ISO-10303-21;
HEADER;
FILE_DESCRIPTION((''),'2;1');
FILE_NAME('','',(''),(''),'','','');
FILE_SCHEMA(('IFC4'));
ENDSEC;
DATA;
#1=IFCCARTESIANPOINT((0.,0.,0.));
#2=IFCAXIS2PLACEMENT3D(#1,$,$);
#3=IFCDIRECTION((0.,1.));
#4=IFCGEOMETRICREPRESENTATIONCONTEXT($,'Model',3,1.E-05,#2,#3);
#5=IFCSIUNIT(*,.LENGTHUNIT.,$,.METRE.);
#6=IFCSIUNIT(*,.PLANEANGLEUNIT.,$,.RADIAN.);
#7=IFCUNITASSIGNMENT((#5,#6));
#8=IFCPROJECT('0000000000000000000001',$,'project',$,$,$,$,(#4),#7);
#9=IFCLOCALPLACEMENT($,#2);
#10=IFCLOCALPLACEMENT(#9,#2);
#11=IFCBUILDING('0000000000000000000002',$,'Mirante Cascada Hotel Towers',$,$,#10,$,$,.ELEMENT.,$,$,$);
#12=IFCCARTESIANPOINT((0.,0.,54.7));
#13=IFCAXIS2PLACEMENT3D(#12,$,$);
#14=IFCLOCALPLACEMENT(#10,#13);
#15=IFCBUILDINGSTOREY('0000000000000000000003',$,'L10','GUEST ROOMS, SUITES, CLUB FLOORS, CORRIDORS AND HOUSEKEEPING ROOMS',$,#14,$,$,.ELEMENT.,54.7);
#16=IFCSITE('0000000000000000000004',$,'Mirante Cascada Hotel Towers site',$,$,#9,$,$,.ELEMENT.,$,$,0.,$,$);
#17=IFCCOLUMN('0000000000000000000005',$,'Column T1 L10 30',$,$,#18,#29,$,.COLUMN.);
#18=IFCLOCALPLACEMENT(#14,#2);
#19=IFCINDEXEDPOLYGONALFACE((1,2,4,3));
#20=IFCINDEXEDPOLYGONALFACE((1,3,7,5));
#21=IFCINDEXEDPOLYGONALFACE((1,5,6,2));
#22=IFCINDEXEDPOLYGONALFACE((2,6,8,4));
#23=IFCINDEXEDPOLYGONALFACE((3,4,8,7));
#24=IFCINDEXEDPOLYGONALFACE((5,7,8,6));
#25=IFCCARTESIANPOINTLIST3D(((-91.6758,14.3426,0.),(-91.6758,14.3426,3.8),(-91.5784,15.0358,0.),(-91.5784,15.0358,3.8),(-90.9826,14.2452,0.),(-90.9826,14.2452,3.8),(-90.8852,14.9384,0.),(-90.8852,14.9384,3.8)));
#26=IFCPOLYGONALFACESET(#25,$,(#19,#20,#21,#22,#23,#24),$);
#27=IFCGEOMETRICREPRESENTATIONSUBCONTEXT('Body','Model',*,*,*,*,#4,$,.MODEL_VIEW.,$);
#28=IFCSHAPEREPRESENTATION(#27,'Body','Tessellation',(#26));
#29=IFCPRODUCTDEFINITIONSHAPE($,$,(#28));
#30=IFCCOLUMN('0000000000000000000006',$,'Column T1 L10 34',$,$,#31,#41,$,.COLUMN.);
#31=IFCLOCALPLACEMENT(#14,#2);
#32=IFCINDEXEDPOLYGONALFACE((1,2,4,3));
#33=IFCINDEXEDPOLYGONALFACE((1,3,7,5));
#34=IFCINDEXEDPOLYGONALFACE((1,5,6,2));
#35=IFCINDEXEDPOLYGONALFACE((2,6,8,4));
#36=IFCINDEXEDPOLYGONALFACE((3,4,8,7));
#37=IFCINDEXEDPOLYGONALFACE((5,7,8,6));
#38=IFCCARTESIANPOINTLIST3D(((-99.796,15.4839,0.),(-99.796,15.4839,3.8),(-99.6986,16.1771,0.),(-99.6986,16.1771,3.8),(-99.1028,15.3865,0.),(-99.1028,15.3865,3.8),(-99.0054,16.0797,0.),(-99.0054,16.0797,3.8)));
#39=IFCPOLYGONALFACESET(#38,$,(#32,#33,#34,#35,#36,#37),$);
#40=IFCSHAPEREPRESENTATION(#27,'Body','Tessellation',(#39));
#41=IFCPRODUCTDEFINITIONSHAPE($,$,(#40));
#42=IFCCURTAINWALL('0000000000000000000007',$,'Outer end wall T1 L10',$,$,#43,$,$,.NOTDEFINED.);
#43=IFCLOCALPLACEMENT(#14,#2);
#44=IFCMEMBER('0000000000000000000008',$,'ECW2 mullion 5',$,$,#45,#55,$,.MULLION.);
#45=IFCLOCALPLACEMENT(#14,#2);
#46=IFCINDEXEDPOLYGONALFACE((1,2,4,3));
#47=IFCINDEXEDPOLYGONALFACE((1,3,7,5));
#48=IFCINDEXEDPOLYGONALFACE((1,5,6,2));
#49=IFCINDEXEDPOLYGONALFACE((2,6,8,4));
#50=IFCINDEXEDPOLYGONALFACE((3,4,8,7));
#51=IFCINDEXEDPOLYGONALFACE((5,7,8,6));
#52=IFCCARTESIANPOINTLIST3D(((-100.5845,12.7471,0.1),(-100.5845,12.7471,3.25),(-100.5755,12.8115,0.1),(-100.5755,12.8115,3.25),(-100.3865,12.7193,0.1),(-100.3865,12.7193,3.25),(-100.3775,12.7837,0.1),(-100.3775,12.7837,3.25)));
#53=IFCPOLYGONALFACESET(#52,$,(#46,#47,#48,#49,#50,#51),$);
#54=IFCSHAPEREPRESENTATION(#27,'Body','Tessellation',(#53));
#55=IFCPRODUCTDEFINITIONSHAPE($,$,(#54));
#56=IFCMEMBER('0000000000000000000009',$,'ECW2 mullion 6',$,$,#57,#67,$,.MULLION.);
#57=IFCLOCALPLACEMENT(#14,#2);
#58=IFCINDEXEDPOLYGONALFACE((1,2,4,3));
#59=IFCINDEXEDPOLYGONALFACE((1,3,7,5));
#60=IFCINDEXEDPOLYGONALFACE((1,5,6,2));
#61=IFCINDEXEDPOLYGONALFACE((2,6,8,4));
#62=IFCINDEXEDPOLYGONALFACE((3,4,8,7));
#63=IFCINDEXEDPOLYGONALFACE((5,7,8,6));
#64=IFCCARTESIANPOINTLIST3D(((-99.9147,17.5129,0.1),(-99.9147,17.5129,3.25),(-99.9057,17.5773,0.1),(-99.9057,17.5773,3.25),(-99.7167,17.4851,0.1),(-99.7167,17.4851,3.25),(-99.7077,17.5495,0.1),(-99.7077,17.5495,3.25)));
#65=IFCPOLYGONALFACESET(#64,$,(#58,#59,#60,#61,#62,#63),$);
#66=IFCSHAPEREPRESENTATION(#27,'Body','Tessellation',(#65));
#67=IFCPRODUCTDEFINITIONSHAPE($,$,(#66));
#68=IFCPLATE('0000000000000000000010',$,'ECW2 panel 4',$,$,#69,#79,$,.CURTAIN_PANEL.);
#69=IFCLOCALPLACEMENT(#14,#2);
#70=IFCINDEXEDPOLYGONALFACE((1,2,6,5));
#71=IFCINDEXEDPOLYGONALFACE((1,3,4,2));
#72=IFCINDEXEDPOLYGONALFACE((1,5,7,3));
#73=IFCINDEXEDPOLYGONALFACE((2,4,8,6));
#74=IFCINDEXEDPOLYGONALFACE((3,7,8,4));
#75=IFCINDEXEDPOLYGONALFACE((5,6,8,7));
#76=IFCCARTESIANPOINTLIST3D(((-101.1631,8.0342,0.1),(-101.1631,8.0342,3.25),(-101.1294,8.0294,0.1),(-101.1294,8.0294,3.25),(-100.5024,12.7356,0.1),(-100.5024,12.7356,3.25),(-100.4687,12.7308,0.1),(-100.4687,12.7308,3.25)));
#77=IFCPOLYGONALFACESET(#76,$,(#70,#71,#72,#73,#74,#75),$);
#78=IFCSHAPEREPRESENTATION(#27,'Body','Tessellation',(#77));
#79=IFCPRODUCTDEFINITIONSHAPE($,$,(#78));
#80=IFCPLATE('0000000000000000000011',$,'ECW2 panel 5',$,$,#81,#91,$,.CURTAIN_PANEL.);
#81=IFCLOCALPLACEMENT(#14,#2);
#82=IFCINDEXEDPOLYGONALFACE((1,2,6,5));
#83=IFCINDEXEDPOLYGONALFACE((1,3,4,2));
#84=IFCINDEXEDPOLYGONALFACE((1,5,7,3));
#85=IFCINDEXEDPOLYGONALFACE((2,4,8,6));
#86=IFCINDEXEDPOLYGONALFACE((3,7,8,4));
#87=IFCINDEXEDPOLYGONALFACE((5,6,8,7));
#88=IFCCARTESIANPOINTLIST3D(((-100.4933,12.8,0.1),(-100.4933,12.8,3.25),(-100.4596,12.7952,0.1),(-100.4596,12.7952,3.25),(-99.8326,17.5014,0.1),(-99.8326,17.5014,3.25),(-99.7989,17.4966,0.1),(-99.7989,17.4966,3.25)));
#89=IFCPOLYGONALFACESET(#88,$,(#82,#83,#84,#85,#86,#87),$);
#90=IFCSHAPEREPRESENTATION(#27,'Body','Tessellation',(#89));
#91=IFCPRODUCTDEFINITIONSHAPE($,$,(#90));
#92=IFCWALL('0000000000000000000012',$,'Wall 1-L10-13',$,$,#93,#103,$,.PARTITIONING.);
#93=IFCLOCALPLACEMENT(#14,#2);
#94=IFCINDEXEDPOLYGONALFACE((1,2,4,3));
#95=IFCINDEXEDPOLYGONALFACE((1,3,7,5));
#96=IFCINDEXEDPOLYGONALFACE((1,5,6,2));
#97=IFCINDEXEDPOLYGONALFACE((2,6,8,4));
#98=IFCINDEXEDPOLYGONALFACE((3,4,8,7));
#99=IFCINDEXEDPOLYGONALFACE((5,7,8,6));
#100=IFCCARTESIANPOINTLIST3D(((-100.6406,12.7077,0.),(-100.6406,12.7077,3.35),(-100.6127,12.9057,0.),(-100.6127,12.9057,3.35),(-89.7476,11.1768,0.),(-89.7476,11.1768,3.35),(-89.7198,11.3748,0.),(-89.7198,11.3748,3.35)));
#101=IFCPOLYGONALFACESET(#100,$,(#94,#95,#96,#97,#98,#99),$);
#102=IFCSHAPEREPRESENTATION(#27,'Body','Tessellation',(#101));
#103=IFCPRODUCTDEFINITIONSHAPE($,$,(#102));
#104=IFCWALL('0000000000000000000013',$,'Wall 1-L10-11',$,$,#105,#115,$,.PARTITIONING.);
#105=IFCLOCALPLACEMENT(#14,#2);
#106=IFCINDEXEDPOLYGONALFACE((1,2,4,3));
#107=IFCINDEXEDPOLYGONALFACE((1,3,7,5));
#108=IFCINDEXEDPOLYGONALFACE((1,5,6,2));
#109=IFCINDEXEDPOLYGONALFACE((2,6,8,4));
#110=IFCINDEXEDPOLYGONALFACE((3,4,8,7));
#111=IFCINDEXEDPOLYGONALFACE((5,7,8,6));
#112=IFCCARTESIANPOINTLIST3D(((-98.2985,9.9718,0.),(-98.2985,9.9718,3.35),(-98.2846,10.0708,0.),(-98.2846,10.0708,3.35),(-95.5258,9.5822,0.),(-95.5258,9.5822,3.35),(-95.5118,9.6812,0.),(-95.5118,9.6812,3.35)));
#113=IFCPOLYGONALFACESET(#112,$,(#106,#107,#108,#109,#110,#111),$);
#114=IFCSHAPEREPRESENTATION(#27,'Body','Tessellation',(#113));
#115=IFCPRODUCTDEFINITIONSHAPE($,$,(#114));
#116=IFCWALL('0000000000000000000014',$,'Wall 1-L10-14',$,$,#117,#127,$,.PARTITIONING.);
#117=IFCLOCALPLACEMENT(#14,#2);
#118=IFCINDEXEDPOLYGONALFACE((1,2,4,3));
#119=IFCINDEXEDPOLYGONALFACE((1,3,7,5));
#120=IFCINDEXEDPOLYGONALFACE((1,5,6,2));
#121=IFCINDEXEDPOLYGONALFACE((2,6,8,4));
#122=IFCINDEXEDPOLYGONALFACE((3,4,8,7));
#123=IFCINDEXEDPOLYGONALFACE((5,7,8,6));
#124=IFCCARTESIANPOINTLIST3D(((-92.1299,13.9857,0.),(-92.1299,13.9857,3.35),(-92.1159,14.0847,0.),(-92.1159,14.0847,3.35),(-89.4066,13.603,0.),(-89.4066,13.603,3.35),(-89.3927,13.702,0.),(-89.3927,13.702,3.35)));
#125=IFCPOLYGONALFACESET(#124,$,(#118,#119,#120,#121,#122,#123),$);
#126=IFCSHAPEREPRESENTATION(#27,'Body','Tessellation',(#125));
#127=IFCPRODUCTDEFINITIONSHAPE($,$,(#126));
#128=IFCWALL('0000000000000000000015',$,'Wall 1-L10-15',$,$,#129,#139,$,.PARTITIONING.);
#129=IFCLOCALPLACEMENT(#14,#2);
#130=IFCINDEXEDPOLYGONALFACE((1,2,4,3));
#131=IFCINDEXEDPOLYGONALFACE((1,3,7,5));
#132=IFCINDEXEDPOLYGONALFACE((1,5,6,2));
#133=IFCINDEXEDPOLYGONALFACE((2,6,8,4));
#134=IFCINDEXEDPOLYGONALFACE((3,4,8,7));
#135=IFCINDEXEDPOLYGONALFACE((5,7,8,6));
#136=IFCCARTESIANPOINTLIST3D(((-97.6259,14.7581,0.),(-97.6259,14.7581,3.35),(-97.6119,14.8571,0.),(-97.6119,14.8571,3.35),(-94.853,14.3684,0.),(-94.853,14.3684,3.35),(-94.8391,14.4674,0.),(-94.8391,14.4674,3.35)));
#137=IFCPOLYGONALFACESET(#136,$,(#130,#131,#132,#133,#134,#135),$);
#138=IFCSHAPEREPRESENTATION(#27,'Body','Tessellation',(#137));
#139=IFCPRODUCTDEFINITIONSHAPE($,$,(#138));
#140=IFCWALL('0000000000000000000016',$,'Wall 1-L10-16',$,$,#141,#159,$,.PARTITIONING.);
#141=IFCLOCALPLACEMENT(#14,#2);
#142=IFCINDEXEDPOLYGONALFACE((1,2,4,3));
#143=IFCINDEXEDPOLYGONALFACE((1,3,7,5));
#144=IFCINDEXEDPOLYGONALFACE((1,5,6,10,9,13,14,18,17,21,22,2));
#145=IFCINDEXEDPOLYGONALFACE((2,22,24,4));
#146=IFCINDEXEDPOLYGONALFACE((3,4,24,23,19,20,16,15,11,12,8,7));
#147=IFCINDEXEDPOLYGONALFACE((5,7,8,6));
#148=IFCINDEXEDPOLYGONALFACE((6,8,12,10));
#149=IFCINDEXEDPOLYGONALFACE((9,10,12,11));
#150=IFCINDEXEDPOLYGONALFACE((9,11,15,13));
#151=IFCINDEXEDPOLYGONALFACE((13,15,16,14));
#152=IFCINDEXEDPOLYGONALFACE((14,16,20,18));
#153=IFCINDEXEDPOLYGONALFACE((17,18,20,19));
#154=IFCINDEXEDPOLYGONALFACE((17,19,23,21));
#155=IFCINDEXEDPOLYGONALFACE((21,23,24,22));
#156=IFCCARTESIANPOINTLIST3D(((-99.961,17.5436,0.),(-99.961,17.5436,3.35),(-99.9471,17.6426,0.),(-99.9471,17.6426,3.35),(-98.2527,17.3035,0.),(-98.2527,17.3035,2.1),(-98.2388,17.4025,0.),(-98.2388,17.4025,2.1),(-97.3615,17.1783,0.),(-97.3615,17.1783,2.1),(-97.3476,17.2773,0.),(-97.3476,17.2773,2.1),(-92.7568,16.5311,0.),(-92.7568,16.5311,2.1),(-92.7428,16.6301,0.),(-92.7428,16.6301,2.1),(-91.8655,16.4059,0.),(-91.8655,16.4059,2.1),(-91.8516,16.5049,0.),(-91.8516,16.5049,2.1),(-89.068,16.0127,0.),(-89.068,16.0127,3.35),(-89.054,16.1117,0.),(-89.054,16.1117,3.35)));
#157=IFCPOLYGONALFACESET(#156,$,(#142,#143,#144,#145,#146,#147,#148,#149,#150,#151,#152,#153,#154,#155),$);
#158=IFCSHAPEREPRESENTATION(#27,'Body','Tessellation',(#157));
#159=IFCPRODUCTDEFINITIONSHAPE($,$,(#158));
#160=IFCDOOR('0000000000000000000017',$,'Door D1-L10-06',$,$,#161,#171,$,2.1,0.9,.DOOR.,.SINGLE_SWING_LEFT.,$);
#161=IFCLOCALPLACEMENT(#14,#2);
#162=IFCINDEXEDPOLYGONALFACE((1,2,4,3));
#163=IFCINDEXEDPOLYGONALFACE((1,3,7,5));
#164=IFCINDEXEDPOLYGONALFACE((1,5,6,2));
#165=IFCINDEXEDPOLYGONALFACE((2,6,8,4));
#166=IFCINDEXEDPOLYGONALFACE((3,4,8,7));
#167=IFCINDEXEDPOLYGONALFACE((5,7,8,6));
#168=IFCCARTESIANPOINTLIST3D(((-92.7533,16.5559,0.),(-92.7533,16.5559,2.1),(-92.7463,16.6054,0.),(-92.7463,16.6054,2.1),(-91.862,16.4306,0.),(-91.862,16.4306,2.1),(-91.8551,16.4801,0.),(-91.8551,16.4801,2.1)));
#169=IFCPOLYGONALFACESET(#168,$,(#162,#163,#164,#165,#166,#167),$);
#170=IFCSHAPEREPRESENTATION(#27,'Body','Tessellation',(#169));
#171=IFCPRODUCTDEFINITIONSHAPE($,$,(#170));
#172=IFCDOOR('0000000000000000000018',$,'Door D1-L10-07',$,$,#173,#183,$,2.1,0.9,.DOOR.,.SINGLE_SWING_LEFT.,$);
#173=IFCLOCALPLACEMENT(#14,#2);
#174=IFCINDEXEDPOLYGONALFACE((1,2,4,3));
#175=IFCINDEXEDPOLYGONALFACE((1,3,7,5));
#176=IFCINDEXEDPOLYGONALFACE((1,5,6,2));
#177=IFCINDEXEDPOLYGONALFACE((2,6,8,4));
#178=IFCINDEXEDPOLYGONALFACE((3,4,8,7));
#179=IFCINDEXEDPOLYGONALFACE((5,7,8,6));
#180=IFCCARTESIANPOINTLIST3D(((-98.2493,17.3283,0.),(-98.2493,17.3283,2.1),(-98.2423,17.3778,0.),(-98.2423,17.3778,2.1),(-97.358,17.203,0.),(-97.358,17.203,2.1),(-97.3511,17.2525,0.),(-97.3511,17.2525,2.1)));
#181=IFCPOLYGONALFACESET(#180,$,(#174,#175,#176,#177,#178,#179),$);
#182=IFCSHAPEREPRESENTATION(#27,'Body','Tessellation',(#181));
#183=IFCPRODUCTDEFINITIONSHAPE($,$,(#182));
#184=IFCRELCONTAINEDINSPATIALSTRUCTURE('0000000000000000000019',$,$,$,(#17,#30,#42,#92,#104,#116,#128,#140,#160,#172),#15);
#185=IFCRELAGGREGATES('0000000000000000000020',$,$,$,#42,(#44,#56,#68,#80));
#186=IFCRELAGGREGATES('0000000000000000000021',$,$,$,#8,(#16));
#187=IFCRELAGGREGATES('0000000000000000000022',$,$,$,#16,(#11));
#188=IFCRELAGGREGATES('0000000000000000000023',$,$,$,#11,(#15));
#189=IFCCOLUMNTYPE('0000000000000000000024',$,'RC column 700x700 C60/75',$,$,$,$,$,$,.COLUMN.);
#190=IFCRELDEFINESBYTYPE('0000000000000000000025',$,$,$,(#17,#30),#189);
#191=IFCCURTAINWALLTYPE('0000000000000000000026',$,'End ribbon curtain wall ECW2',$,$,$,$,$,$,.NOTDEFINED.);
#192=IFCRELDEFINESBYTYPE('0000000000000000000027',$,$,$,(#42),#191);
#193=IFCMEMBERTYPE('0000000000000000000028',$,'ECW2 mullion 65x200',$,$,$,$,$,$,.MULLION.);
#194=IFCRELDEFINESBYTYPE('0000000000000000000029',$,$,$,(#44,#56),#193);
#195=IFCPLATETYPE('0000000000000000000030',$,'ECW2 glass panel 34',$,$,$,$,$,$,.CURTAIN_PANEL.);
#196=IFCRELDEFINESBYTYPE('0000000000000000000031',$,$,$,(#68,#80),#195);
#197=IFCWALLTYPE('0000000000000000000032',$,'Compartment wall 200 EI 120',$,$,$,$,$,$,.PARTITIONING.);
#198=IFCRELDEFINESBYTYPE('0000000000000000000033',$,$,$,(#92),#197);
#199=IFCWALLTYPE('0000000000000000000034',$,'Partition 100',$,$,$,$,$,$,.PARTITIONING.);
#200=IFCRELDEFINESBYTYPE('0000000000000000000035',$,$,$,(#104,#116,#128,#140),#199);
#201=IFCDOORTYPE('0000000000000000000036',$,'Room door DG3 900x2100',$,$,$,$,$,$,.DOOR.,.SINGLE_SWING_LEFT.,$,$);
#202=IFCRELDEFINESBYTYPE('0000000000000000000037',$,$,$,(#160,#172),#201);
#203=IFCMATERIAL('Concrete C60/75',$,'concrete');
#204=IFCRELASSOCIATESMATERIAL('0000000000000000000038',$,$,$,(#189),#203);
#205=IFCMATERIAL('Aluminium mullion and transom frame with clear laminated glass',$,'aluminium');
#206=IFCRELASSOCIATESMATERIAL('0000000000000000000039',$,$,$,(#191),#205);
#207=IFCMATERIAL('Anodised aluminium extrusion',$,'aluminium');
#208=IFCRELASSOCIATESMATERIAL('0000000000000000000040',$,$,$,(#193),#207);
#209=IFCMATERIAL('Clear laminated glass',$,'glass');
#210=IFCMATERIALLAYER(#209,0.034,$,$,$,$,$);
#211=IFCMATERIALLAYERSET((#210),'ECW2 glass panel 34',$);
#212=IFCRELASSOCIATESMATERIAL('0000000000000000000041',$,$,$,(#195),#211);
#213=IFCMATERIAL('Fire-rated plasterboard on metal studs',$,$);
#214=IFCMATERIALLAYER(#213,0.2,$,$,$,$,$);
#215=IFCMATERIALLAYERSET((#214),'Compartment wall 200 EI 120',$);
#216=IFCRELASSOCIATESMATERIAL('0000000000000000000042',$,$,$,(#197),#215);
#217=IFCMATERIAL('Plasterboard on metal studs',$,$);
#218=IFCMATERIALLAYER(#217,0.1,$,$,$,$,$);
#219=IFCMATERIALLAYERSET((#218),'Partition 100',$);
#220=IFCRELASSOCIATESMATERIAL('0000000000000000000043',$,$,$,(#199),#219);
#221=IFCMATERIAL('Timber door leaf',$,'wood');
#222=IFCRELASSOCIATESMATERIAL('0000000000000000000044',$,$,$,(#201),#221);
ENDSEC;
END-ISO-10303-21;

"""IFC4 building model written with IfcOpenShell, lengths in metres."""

from ifc_helpers import new_model, si_unit, direction, frame, frame_2d, origin, origin_2d, place, context, subcontext, project, spatial, rectangle, extrude, material, layer, layer_set, material_profile, profile_set, type_object, element, fill, aggregate, save


model = new_model("IFC4")

# Units and contexts
model_context = context("Model", 3, precision=1e-05, world=origin(), true_north=direction((0.0, 1.0)))
body_context = subcontext(model_context, "Body", "Model", "MODEL_VIEW")
ifc_project = project(units=[si_unit("LENGTHUNIT", "METRE"), si_unit("PLANEANGLEUNIT", "RADIAN")], contexts=[model_context])

# Site, building, storey
site_placement = place(None, origin())
site = spatial("IfcSite", under=ifc_project, at=site_placement, Name="Mirante Cascada Hotel Towers site", CompositionType="ELEMENT", RefElevation=0.0)
building_placement = place(site_placement, origin())
building = spatial("IfcBuilding", under=site, at=building_placement, Name="Mirante Cascada Hotel Towers", CompositionType="ELEMENT")
storey_placement = place(building_placement, frame((0.0, 0.0, 54.7)))
storey = spatial("IfcBuildingStorey", under=building, at=storey_placement, Name="L10", Description="GUEST ROOMS, SUITES, CLUB FLOORS, CORRIDORS AND HOUSEKEEPING ROOMS", CompositionType="ELEMENT", Elevation=54.7)

# Columns
ifc_material_1 = material(Name="Concrete C60/75", Category="concrete")
ifc_material_profile_1 = material_profile(ifc_material_1, rectangle(XDim=0.7, YDim=0.7, at=origin_2d()), Name="RC column 700x700 C60/75")
ifc_profile_set_1 = profile_set([ifc_material_profile_1], Name="Concrete C60/75")
column_type = type_object("IfcColumnType", Name="RC column 700x700 C60/75", PredefinedType="COLUMN", material=ifc_profile_set_1)
for number, where, z_axis, x_axis, name in (
    (1, (-91.2805, 14.6405, 0.0), (0.0, 0.0, 1.0), (-0.990268, 0.139173, 0.0), "Column T1 L10 30"),
    (2, (-99.4007, 15.7818, 0.0), (0.0, 0.0, 1.0), (-0.990268, 0.139173, 0.0), "Column T1 L10 34"),
):
    element("IfcColumn", number, at=place(storey_placement, frame(where, z_axis=z_axis, x_axis=x_axis)), inside=storey, type_object=column_type, Name=name, PredefinedType="COLUMN", context=body_context, shape_type="SweptSolid", body=[
        extrude(rectangle(XDim=0.7, YDim=0.7, at=origin_2d()), origin(), (0.0, 0.0, 1.0), 3.8),
    ])

# Curtain wall, members, plates
ifc_material_2 = material(Name="Aluminium mullion and transom frame with clear laminated glass", Category="aluminium")
curtain_wall_type = type_object("IfcCurtainWallType", Name="End ribbon curtain wall ECW2", PredefinedType="NOTDEFINED", material=ifc_material_2)
curtain_wall_placement = place(storey_placement, origin())
curtain_wall = element("IfcCurtainWall", 3, at=curtain_wall_placement, inside=storey, type_object=curtain_wall_type, Name="Outer end wall T1 L10", PredefinedType="NOTDEFINED")
ifc_material_3 = material(Name="Anodised aluminium extrusion", Category="aluminium")
ifc_material_profile_2 = material_profile(ifc_material_3, rectangle(XDim=0.2, YDim=0.065, at=origin_2d()), Name="ECW2 MULLION 65x200")
ifc_profile_set_2 = profile_set([ifc_material_profile_2], Name="Anodised aluminium extrusion")
member_type = type_object("IfcMemberType", Name="ECW2 mullion 65x200", PredefinedType="MULLION", material=ifc_profile_set_2)
member_1_placement = place(storey_placement, frame((-100.481, 12.7654, 0.1), z_axis=(0.0, 0.0, 1.0), x_axis=(-0.990268, 0.139173, 0.0)))
member_1 = element("IfcMember", 4, at=member_1_placement, type_object=member_type, Name="ECW2 mullion 5", PredefinedType="MULLION", context=body_context, shape_type="SweptSolid", body=[
    extrude(rectangle(XDim=0.2, YDim=0.065, at=origin_2d()), origin(), (0.0, 0.0, 1.0), 3.15),
])
member_2_placement = place(storey_placement, frame((-99.8112, 17.5312, 0.1), z_axis=(0.0, 0.0, 1.0), x_axis=(-0.990268, 0.139173, 0.0)))
member_2 = element("IfcMember", 5, at=member_2_placement, type_object=member_type, Name="ECW2 mullion 6", PredefinedType="MULLION", context=body_context, shape_type="SweptSolid", body=[
    extrude(rectangle(XDim=0.2, YDim=0.065, at=origin_2d()), origin(), (0.0, 0.0, 1.0), 3.15),
])
ifc_material_4 = material(Name="Clear laminated glass", Category="glass")
ifc_layer_1 = layer(ifc_material_4, 0.034)
ifc_layer_set_1 = layer_set([ifc_layer_1], Name="ECW2 glass panel 34")
plate_type = type_object("IfcPlateType", Name="ECW2 glass panel 34", PredefinedType="CURTAIN_PANEL", material=ifc_layer_set_1)
plate_1_placement = place(storey_placement, frame((-100.8159, 10.3825, 0.1), z_axis=(0.0, 0.0, 1.0), x_axis=(0.139173, 0.990268, 0.0)))
plate_1 = element("IfcPlate", 6, at=plate_1_placement, type_object=plate_type, Name="ECW2 panel 4", PredefinedType="CURTAIN_PANEL", context=body_context, shape_type="SweptSolid", body=[
    extrude(rectangle(XDim=4.7476, YDim=0.034, at=origin_2d()), origin(), (0.0, 0.0, 1.0), 3.15),
])
plate_2_placement = place(storey_placement, frame((-100.1461, 15.1483, 0.1), z_axis=(0.0, 0.0, 1.0), x_axis=(0.139173, 0.990268, 0.0)))
plate_2 = element("IfcPlate", 7, at=plate_2_placement, type_object=plate_type, Name="ECW2 panel 5", PredefinedType="CURTAIN_PANEL", context=body_context, shape_type="SweptSolid", body=[
    extrude(rectangle(XDim=4.7476, YDim=0.034, at=origin_2d()), origin(), (0.0, 0.0, 1.0), 3.15),
])
aggregate(curtain_wall, [member_1, member_2, plate_1, plate_2])

# Walls
ifc_material_5 = material(Name="Fire-rated plasterboard on metal studs")
ifc_layer_2 = layer(ifc_material_5, 0.2)
ifc_layer_set_2 = layer_set([ifc_layer_2], Name="Compartment wall 200 EI 120")
wall_type_1 = type_object("IfcWallType", Name="Compartment wall 200 EI 120", PredefinedType="PARTITIONING", material=ifc_layer_set_2)
wall_1_placement = place(storey_placement, frame((-89.7337, 11.2758, 0.0), z_axis=(0.0, 0.0, 1.0), x_axis=(-0.990268, 0.139173, 0.0)))
element("IfcWall", 8, at=wall_1_placement, inside=storey, type_object=wall_type_1, Name="Wall 1-L10-13", PredefinedType="PARTITIONING", context=body_context, shape_type="SweptSolid", body=[
    extrude(rectangle(XDim=11.0, YDim=0.2, at=frame_2d((5.5, 0.0))), origin(), (0.0, 0.0, 1.0), 3.35),
])
ifc_material_6 = material(Name="Plasterboard on metal studs")
ifc_layer_3 = layer(ifc_material_6, 0.1)
ifc_layer_set_3 = layer_set([ifc_layer_3], Name="Partition 100")
wall_type_2 = type_object("IfcWallType", Name="Partition 100", PredefinedType="PARTITIONING", material=ifc_layer_set_3)
wall_2_placement = place(storey_placement, frame((-95.5188, 9.6317, 0.0), z_axis=(0.0, 0.0, 1.0), x_axis=(-0.990273, 0.139141, 0.0)))
element("IfcWall", 9, at=wall_2_placement, inside=storey, type_object=wall_type_2, Name="Wall 1-L10-11", PredefinedType="PARTITIONING", context=body_context, shape_type="SweptSolid", body=[
    extrude(rectangle(XDim=2.8, YDim=0.1, at=frame_2d((1.4, 0.0))), origin(), (0.0, 0.0, 1.0), 3.35),
])
wall_3_placement = place(storey_placement, frame((-92.1229, 14.0352, 0.0), z_axis=(0.0, 0.0, 1.0), x_axis=(0.990269, -0.139166, 0.0)))
element("IfcWall", 10, at=wall_3_placement, inside=storey, type_object=wall_type_2, Name="Wall 1-L10-14", PredefinedType="PARTITIONING", context=body_context, shape_type="SweptSolid", body=[
    extrude(rectangle(XDim=2.75, YDim=0.1, at=frame_2d((1.375, 0.0))), origin(), (0.0, 0.0, 1.0), 3.35),
])
wall_4_placement = place(storey_placement, frame((-94.8461, 14.4179, 0.0), z_axis=(0.0, 0.0, 1.0), x_axis=(-0.990268, 0.139176, 0.0)))
element("IfcWall", 11, at=wall_4_placement, inside=storey, type_object=wall_type_2, Name="Wall 1-L10-15", PredefinedType="PARTITIONING", context=body_context, shape_type="SweptSolid", body=[
    extrude(rectangle(XDim=2.8001, YDim=0.1, at=frame_2d((1.4, 0.0))), origin(), (0.0, 0.0, 1.0), 3.35),
])

# Wall, openings, doors
wall_5_placement = place(storey_placement, frame((-99.954, 17.5931, 0.0), z_axis=(0.0, 0.0, 1.0), x_axis=(0.990268, -0.139172, 0.0)))
wall_5 = element("IfcWall", 12, at=wall_5_placement, inside=storey, type_object=wall_type_2, Name="Wall 1-L10-16", PredefinedType="PARTITIONING", context=body_context, shape_type="SweptSolid", body=[
    extrude(rectangle(XDim=11.0001, YDim=0.1, at=frame_2d((5.5, 0.0))), origin(), (0.0, 0.0, 1.0), 3.35),
])
opening_1_placement = place(wall_5_placement, frame((7.275, 0.0, 0.0)))
opening_1 = element("IfcOpeningElement", 13, at=opening_1_placement, cuts=wall_5, PredefinedType="OPENING", context=body_context, shape_type="SweptSolid", body=[
    extrude(rectangle(XDim=0.9, YDim=2.1, at=frame_2d((0.45, 1.05))), frame((0.0, 0.05, 0.0), z_axis=(0.0, -1.0, 0.0), x_axis=(1.0, 0.0, 0.0)), (0.0, 0.0, 1.0), 0.1),
])
opening_2_placement = place(wall_5_placement, frame((1.725, 0.0, 0.0)))
opening_2 = element("IfcOpeningElement", 14, at=opening_2_placement, cuts=wall_5, PredefinedType="OPENING", context=body_context, shape_type="SweptSolid", body=[
    extrude(rectangle(XDim=0.9, YDim=2.1, at=frame_2d((0.45, 1.05))), frame((0.0, 0.05, 0.0), z_axis=(0.0, -1.0, 0.0), x_axis=(1.0, 0.0, 0.0)), (0.0, 0.0, 1.0), 0.1),
])
ifc_material_7 = material(Name="Timber door leaf", Category="wood")
door_type_1 = type_object("IfcDoorType", Name="Room door DG3 900x2100", OperationType="SINGLE_SWING_LEFT", PredefinedType="DOOR", material=ifc_material_7)
door_1_placement = place(opening_1_placement, origin())
door_1 = element("IfcDoor", 15, at=door_1_placement, inside=storey, type_object=door_type_1, Name="Door D1-L10-06", OperationType="SINGLE_SWING_LEFT", OverallHeight=2.1, OverallWidth=0.9, PredefinedType="DOOR", context=body_context, shape_type="SweptSolid", body=[
    extrude(rectangle(XDim=0.9, YDim=2.1, at=frame_2d((0.45, 1.05))), frame((0.0, 0.025, 0.0), z_axis=(0.0, -1.0, 0.0), x_axis=(1.0, 0.0, 0.0)), (0.0, 0.0, 1.0), 0.05),
])
fill(opening_1, door_1)
door_2_placement = place(opening_2_placement, origin())
door_2 = element("IfcDoor", 16, at=door_2_placement, inside=storey, type_object=door_type_1, Name="Door D1-L10-07", OperationType="SINGLE_SWING_LEFT", OverallHeight=2.1, OverallWidth=0.9, PredefinedType="DOOR", context=body_context, shape_type="SweptSolid", body=[
    extrude(rectangle(XDim=0.9, YDim=2.1, at=frame_2d((0.45, 1.05))), frame((0.0, 0.025, 0.0), z_axis=(0.0, -1.0, 0.0), x_axis=(1.0, 0.0, 0.0)), (0.0, 0.0, 1.0), 0.05),
])
fill(opening_2, door_2)

save(model, "model.ifc")
